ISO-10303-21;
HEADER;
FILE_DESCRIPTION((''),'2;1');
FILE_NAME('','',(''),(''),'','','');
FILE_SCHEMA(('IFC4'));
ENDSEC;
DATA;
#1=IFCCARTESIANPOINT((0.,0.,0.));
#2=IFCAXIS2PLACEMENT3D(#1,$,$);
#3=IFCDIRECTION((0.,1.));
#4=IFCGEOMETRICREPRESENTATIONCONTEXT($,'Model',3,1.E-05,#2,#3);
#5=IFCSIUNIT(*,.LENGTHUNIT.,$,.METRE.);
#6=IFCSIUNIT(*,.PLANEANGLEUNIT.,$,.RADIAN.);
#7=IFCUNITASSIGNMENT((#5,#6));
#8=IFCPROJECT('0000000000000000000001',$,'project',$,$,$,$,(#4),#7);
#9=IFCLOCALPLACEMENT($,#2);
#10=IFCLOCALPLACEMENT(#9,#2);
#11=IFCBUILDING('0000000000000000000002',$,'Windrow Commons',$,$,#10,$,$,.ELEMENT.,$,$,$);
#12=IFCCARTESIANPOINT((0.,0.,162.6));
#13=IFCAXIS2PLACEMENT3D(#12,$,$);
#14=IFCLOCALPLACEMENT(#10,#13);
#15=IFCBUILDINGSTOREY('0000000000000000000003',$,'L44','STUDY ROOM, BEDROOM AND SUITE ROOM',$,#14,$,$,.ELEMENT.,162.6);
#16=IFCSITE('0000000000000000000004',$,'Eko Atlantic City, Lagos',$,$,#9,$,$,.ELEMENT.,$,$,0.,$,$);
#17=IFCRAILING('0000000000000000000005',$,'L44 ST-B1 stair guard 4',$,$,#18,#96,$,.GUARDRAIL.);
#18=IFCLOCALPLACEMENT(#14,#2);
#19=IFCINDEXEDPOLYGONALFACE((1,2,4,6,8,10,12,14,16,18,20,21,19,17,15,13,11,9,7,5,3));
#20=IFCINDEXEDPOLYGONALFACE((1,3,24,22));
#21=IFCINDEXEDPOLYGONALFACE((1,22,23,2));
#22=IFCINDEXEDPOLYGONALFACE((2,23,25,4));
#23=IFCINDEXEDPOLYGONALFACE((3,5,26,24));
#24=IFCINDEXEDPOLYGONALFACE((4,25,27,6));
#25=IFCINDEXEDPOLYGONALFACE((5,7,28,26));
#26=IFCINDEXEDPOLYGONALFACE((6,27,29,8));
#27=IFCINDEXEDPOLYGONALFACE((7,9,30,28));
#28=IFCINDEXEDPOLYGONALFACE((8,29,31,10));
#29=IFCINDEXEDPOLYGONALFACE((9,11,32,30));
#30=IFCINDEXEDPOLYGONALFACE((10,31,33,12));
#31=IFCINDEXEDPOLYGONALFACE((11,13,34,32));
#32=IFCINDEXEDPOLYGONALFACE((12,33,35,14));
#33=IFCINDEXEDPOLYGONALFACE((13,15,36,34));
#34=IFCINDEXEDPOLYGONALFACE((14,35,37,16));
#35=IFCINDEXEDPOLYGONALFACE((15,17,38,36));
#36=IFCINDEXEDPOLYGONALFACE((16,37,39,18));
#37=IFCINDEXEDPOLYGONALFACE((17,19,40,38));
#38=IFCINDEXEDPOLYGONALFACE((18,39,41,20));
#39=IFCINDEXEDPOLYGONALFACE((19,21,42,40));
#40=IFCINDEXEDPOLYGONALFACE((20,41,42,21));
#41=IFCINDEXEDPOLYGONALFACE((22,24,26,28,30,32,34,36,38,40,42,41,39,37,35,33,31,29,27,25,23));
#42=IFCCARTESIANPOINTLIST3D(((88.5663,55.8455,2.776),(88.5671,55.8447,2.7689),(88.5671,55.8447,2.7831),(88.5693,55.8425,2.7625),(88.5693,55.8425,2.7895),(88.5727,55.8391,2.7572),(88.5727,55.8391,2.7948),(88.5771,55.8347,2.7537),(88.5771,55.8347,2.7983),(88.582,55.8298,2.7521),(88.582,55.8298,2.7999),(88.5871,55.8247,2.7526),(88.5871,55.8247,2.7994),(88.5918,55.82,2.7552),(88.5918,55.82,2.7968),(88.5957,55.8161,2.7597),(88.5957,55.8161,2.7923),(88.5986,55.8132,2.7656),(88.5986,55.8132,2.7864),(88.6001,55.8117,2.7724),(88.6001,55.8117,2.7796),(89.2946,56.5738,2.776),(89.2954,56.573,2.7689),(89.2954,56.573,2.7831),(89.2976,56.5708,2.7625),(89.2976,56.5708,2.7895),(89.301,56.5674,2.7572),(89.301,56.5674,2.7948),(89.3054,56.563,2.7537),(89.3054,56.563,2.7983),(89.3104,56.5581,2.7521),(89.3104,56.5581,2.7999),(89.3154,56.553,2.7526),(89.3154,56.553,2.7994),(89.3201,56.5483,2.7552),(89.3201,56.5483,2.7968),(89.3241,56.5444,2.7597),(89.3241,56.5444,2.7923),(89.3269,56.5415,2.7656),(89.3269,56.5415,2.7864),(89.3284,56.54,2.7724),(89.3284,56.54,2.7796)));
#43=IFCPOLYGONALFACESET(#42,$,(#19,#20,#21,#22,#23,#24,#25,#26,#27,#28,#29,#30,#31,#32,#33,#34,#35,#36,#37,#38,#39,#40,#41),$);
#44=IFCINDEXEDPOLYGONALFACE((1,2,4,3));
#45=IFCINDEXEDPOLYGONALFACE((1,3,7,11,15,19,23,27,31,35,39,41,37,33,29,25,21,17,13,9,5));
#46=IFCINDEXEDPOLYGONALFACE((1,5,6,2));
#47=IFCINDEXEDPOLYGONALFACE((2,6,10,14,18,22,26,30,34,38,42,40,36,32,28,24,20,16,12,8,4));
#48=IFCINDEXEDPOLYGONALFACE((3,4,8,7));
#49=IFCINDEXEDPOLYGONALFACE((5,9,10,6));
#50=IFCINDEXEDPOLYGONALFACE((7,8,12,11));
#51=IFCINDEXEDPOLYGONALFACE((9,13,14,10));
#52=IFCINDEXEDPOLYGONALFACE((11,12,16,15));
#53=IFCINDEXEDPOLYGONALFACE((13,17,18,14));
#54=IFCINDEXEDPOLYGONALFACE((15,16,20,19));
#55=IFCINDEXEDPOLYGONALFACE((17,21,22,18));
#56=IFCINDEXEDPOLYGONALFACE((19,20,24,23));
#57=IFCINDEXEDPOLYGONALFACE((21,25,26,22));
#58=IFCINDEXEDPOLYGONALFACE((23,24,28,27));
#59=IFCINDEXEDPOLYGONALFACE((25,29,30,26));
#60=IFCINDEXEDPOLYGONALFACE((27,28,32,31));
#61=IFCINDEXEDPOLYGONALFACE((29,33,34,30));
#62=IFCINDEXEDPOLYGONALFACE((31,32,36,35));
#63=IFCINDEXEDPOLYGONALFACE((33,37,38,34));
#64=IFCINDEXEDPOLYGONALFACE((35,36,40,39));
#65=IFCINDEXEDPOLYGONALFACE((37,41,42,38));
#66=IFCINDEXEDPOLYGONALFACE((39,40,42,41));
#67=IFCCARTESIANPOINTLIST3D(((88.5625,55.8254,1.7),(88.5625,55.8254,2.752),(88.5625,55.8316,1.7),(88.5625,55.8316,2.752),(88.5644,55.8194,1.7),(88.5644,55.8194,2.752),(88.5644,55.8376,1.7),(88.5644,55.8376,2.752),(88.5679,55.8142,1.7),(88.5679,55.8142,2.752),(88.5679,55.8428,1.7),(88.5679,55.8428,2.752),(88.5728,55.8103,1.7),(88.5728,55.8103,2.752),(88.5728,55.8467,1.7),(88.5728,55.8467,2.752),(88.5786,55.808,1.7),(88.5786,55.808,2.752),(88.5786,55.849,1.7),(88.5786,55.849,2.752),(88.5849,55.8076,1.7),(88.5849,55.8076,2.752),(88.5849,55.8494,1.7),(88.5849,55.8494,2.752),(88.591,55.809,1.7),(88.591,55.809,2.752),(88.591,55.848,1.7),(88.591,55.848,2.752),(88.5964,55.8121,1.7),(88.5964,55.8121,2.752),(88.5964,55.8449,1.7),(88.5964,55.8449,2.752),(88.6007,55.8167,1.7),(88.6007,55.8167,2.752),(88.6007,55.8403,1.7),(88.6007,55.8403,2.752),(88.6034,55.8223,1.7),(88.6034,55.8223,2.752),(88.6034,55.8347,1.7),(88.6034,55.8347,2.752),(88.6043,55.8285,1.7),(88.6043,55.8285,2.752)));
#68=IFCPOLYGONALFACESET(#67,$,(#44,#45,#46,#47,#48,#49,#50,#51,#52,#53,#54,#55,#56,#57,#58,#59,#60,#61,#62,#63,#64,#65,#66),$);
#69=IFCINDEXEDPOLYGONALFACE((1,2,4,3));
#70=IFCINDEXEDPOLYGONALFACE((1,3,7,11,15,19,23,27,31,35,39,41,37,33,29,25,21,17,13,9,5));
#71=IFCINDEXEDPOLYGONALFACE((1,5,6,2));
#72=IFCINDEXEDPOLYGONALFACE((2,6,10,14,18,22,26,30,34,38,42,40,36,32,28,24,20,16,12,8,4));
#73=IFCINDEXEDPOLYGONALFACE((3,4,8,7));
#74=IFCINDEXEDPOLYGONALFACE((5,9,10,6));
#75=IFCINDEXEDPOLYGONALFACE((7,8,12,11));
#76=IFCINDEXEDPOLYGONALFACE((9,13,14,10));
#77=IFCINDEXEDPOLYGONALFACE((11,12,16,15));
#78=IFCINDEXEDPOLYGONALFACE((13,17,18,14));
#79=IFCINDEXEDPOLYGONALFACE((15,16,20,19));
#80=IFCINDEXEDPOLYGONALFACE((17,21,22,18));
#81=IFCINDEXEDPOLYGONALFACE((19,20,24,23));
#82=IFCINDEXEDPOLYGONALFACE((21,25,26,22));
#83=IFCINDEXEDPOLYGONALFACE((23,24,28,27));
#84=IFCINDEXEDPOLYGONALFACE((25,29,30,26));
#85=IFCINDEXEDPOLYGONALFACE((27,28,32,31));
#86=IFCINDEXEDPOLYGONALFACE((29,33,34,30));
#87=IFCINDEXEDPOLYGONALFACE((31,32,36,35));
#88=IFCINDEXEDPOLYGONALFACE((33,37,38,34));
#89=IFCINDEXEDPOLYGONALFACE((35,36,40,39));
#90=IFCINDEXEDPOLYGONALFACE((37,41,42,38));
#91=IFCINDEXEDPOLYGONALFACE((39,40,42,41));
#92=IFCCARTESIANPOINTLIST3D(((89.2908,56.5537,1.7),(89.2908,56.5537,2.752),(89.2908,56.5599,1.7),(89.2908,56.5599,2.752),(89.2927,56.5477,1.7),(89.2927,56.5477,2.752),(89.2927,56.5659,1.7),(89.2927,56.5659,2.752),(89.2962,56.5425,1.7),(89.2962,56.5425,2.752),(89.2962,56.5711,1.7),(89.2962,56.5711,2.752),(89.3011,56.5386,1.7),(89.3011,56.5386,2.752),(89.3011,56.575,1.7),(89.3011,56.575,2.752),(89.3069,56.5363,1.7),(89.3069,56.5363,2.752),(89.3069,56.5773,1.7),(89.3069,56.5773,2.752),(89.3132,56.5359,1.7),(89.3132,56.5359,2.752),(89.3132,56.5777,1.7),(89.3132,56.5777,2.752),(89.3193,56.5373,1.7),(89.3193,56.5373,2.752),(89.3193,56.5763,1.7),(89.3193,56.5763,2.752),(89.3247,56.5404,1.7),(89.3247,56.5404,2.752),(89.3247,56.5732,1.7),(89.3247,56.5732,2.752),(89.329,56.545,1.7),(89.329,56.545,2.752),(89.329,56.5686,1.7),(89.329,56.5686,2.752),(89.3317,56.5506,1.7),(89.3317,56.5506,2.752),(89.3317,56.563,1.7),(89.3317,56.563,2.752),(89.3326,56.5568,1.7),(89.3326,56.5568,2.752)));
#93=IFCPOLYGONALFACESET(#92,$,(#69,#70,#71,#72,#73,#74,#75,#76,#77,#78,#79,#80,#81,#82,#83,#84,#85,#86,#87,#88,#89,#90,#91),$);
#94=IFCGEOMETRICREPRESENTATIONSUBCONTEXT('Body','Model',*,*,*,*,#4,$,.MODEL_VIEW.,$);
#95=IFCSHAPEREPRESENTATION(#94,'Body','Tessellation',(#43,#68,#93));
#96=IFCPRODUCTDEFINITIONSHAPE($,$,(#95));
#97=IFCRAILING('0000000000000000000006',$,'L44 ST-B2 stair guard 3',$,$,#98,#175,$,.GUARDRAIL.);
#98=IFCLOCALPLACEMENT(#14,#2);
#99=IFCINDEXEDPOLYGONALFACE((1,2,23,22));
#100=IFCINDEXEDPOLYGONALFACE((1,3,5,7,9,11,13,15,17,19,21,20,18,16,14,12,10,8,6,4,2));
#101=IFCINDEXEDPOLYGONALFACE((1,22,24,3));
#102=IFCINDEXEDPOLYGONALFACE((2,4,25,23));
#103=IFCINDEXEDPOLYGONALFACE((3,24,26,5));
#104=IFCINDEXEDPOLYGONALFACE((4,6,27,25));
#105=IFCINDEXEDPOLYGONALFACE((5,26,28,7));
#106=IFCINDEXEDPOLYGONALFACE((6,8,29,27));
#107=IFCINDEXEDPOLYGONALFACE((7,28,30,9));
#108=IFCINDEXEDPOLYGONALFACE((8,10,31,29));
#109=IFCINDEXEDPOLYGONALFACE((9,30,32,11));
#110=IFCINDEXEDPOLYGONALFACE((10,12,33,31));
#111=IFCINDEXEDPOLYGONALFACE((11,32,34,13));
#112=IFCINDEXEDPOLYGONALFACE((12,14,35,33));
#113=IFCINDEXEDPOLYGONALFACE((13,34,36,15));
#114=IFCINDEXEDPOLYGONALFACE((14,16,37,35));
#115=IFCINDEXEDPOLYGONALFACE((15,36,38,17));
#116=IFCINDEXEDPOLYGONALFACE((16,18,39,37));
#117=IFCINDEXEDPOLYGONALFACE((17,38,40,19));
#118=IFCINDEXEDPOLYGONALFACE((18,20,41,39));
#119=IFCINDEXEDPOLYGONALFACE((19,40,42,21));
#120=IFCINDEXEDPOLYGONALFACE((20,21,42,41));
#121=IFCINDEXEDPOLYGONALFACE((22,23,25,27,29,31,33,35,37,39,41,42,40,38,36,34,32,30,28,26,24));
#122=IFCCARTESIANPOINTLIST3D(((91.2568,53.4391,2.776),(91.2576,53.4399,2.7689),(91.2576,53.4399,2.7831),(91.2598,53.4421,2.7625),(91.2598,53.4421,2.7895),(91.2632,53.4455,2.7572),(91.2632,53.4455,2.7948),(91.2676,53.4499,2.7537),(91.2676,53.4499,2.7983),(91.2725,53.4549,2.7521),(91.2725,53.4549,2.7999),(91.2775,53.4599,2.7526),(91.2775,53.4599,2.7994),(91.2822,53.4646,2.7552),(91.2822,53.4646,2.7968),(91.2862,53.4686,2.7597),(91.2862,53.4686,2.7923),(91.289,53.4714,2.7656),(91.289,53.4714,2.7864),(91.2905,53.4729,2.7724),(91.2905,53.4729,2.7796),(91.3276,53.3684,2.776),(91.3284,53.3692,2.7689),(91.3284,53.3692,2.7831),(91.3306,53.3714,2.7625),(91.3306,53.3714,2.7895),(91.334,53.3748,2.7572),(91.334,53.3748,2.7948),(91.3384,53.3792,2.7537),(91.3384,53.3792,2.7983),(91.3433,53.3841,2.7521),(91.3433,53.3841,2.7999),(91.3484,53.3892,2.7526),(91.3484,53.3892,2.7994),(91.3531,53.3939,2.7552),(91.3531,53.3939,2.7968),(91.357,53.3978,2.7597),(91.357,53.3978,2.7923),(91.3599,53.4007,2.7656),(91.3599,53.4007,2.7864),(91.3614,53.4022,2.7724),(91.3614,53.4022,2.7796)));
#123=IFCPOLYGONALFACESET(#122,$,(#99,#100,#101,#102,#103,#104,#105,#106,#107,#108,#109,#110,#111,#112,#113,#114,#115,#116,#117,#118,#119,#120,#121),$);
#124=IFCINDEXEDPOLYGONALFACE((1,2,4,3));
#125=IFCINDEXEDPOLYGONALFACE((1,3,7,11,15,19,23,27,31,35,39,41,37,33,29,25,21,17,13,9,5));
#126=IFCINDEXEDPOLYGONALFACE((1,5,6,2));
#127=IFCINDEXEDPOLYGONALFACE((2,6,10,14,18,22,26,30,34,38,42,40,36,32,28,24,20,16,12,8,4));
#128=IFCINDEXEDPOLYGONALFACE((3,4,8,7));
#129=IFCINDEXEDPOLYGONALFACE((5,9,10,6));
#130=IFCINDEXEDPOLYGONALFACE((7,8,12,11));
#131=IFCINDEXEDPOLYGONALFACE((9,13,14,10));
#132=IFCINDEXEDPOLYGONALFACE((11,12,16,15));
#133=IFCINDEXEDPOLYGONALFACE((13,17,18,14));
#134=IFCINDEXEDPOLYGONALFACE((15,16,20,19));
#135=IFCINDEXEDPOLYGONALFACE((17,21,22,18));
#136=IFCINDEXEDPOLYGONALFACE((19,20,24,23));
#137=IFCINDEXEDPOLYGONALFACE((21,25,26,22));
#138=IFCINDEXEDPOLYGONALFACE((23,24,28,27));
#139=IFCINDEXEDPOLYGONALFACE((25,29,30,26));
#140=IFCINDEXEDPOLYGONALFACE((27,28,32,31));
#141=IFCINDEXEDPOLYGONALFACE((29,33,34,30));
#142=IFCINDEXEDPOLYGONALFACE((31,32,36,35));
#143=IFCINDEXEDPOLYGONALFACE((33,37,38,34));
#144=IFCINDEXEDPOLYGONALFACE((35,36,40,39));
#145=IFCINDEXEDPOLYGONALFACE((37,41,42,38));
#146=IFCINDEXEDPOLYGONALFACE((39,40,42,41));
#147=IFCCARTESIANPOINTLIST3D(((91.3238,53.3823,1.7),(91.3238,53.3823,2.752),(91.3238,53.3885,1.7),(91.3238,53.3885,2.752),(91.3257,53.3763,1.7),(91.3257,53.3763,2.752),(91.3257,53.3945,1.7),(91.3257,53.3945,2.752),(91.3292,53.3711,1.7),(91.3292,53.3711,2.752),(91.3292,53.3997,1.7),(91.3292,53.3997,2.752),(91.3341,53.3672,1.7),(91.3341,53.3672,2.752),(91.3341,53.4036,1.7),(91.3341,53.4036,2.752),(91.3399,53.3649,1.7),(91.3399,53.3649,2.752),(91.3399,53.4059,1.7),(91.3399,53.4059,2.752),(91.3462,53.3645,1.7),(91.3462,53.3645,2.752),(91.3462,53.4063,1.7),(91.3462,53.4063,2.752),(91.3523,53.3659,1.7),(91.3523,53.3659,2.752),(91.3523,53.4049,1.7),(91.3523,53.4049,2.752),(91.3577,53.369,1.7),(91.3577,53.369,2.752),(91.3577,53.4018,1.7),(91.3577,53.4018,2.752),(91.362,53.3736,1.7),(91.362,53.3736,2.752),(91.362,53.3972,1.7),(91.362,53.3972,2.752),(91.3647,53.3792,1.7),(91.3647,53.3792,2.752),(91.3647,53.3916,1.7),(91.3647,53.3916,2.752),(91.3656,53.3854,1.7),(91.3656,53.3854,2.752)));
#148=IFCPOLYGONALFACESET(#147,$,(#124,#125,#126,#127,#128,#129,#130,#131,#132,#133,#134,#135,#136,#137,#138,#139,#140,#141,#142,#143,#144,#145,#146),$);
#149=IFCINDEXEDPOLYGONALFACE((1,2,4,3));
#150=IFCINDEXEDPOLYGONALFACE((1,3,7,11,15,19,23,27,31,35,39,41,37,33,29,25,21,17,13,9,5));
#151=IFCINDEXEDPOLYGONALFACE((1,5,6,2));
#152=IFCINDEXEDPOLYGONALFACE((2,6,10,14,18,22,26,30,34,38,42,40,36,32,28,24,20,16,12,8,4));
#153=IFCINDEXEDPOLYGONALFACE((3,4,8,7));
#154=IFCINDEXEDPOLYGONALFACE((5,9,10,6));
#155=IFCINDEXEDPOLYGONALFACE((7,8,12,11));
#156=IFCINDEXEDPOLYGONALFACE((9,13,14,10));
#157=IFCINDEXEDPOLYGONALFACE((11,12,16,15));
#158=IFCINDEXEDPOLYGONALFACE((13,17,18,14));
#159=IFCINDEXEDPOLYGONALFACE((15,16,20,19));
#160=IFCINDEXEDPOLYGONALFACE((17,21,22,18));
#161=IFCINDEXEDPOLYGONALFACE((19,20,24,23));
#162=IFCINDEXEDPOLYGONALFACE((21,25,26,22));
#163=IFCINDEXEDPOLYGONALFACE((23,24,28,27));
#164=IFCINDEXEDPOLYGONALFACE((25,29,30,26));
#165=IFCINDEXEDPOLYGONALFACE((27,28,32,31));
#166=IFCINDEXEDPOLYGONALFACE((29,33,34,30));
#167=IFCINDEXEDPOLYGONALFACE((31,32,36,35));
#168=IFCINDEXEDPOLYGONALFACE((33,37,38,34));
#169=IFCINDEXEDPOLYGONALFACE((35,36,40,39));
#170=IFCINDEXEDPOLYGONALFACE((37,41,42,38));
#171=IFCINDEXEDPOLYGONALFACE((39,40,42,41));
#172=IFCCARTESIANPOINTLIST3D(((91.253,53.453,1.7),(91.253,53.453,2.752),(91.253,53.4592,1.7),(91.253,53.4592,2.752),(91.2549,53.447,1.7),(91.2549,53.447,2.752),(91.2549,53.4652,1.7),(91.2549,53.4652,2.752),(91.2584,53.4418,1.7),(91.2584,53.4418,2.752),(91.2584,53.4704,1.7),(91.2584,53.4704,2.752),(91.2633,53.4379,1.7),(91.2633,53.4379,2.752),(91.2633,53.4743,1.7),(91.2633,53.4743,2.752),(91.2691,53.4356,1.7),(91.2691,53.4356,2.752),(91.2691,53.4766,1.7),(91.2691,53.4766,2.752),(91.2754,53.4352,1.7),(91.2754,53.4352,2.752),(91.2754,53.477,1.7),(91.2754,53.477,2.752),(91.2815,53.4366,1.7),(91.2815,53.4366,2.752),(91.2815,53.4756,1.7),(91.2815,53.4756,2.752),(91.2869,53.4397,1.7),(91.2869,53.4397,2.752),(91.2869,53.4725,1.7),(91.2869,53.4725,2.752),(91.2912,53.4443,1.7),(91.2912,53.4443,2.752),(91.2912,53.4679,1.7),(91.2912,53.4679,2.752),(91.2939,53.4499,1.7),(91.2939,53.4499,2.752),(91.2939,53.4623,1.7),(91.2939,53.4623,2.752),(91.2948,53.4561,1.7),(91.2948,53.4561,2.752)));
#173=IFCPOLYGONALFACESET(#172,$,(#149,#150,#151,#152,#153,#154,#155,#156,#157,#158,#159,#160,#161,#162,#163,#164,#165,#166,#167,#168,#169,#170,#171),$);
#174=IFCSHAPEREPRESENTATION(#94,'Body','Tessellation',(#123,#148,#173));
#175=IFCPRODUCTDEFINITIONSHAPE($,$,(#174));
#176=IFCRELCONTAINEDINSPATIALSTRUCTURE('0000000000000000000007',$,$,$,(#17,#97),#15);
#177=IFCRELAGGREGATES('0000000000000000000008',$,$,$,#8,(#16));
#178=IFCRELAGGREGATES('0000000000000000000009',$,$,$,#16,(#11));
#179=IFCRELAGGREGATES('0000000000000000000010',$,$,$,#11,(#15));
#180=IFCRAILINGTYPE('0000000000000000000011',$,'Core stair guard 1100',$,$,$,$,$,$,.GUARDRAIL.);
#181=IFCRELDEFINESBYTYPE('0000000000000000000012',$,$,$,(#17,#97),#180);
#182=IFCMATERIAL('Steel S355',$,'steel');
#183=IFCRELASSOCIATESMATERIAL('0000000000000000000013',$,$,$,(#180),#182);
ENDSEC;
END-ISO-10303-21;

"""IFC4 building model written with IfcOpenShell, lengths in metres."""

from ifc_helpers import new_model, si_unit, direction, frame, origin, origin_2d, place, context, subcontext, project, spatial, circle, extrude, material, type_object, element, save


model = new_model("IFC4")

# Units and contexts
model_context = context("Model", 3, precision=1e-05, world=origin(), true_north=direction((0.0, 1.0)))
body_context = subcontext(model_context, "Body", "Model", "MODEL_VIEW")
ifc_project = project(units=[si_unit("LENGTHUNIT", "METRE"), si_unit("PLANEANGLEUNIT", "RADIAN")], contexts=[model_context])

# Site, building, storey
site_placement = place(None, origin())
site = spatial("IfcSite", under=ifc_project, at=site_placement, Name="Eko Atlantic City, Lagos", CompositionType="ELEMENT", RefElevation=0.0)
building_placement = place(site_placement, origin())
building = spatial("IfcBuilding", under=site, at=building_placement, Name="Windrow Commons", CompositionType="ELEMENT")
storey_placement = place(building_placement, frame((0.0, 0.0, 162.6)))
storey = spatial("IfcBuildingStorey", under=building, at=storey_placement, Name="L44", Description="STUDY ROOM, BEDROOM AND SUITE ROOM", CompositionType="ELEMENT", Elevation=162.6)

# Railings
ifc_material_1 = material(Name="Steel S355", Category="steel")
railing_type_1 = type_object("IfcRailingType", Name="Core stair guard 1100", PredefinedType="GUARDRAIL", material=ifc_material_1)
railing_1_placement = place(storey_placement, frame((88.5833, 55.8285, 1.7)))
element("IfcRailing", 1, at=railing_1_placement, inside=storey, type_object=railing_type_1, Name="L44 ST-B1 stair guard 4", PredefinedType="GUARDRAIL", context=body_context, shape_type="SweptSolid", body=[
    extrude(circle(Radius=0.024, at=origin_2d()), frame((0.0, 0.0, 1.076), z_axis=(0.707107, 0.707107, 0.0), x_axis=(-0.707107, 0.707107, 0.0)), (0.0, 0.0, 1.0), 1.03),
    extrude(circle(Radius=0.021, at=origin_2d()), origin(), (0.0, 0.0, 1.0), 1.052),
    extrude(circle(Radius=0.021, at=origin_2d()), frame((0.7283, 0.7283, 0.0)), (0.0, 0.0, 1.0), 1.052),
])
railing_2_placement = place(storey_placement, frame((91.3446, 53.3854, 1.7)))
element("IfcRailing", 2, at=railing_2_placement, inside=storey, type_object=railing_type_1, Name="L44 ST-B2 stair guard 3", PredefinedType="GUARDRAIL", context=body_context, shape_type="SweptSolid", body=[
    extrude(circle(Radius=0.024, at=origin_2d()), frame((0.0, 0.0, 1.076), z_axis=(-0.707606, 0.706607, 0.0), x_axis=(-0.706607, -0.707606, 0.0)), (0.0, 0.0, 1.0), 0.1001),
    extrude(circle(Radius=0.021, at=origin_2d()), origin(), (0.0, 0.0, 1.0), 1.052),
    extrude(circle(Radius=0.021, at=origin_2d()), frame((-0.0708, 0.0707, 0.0)), (0.0, 0.0, 1.0), 1.052),
])

save(model, "model.ifc")
